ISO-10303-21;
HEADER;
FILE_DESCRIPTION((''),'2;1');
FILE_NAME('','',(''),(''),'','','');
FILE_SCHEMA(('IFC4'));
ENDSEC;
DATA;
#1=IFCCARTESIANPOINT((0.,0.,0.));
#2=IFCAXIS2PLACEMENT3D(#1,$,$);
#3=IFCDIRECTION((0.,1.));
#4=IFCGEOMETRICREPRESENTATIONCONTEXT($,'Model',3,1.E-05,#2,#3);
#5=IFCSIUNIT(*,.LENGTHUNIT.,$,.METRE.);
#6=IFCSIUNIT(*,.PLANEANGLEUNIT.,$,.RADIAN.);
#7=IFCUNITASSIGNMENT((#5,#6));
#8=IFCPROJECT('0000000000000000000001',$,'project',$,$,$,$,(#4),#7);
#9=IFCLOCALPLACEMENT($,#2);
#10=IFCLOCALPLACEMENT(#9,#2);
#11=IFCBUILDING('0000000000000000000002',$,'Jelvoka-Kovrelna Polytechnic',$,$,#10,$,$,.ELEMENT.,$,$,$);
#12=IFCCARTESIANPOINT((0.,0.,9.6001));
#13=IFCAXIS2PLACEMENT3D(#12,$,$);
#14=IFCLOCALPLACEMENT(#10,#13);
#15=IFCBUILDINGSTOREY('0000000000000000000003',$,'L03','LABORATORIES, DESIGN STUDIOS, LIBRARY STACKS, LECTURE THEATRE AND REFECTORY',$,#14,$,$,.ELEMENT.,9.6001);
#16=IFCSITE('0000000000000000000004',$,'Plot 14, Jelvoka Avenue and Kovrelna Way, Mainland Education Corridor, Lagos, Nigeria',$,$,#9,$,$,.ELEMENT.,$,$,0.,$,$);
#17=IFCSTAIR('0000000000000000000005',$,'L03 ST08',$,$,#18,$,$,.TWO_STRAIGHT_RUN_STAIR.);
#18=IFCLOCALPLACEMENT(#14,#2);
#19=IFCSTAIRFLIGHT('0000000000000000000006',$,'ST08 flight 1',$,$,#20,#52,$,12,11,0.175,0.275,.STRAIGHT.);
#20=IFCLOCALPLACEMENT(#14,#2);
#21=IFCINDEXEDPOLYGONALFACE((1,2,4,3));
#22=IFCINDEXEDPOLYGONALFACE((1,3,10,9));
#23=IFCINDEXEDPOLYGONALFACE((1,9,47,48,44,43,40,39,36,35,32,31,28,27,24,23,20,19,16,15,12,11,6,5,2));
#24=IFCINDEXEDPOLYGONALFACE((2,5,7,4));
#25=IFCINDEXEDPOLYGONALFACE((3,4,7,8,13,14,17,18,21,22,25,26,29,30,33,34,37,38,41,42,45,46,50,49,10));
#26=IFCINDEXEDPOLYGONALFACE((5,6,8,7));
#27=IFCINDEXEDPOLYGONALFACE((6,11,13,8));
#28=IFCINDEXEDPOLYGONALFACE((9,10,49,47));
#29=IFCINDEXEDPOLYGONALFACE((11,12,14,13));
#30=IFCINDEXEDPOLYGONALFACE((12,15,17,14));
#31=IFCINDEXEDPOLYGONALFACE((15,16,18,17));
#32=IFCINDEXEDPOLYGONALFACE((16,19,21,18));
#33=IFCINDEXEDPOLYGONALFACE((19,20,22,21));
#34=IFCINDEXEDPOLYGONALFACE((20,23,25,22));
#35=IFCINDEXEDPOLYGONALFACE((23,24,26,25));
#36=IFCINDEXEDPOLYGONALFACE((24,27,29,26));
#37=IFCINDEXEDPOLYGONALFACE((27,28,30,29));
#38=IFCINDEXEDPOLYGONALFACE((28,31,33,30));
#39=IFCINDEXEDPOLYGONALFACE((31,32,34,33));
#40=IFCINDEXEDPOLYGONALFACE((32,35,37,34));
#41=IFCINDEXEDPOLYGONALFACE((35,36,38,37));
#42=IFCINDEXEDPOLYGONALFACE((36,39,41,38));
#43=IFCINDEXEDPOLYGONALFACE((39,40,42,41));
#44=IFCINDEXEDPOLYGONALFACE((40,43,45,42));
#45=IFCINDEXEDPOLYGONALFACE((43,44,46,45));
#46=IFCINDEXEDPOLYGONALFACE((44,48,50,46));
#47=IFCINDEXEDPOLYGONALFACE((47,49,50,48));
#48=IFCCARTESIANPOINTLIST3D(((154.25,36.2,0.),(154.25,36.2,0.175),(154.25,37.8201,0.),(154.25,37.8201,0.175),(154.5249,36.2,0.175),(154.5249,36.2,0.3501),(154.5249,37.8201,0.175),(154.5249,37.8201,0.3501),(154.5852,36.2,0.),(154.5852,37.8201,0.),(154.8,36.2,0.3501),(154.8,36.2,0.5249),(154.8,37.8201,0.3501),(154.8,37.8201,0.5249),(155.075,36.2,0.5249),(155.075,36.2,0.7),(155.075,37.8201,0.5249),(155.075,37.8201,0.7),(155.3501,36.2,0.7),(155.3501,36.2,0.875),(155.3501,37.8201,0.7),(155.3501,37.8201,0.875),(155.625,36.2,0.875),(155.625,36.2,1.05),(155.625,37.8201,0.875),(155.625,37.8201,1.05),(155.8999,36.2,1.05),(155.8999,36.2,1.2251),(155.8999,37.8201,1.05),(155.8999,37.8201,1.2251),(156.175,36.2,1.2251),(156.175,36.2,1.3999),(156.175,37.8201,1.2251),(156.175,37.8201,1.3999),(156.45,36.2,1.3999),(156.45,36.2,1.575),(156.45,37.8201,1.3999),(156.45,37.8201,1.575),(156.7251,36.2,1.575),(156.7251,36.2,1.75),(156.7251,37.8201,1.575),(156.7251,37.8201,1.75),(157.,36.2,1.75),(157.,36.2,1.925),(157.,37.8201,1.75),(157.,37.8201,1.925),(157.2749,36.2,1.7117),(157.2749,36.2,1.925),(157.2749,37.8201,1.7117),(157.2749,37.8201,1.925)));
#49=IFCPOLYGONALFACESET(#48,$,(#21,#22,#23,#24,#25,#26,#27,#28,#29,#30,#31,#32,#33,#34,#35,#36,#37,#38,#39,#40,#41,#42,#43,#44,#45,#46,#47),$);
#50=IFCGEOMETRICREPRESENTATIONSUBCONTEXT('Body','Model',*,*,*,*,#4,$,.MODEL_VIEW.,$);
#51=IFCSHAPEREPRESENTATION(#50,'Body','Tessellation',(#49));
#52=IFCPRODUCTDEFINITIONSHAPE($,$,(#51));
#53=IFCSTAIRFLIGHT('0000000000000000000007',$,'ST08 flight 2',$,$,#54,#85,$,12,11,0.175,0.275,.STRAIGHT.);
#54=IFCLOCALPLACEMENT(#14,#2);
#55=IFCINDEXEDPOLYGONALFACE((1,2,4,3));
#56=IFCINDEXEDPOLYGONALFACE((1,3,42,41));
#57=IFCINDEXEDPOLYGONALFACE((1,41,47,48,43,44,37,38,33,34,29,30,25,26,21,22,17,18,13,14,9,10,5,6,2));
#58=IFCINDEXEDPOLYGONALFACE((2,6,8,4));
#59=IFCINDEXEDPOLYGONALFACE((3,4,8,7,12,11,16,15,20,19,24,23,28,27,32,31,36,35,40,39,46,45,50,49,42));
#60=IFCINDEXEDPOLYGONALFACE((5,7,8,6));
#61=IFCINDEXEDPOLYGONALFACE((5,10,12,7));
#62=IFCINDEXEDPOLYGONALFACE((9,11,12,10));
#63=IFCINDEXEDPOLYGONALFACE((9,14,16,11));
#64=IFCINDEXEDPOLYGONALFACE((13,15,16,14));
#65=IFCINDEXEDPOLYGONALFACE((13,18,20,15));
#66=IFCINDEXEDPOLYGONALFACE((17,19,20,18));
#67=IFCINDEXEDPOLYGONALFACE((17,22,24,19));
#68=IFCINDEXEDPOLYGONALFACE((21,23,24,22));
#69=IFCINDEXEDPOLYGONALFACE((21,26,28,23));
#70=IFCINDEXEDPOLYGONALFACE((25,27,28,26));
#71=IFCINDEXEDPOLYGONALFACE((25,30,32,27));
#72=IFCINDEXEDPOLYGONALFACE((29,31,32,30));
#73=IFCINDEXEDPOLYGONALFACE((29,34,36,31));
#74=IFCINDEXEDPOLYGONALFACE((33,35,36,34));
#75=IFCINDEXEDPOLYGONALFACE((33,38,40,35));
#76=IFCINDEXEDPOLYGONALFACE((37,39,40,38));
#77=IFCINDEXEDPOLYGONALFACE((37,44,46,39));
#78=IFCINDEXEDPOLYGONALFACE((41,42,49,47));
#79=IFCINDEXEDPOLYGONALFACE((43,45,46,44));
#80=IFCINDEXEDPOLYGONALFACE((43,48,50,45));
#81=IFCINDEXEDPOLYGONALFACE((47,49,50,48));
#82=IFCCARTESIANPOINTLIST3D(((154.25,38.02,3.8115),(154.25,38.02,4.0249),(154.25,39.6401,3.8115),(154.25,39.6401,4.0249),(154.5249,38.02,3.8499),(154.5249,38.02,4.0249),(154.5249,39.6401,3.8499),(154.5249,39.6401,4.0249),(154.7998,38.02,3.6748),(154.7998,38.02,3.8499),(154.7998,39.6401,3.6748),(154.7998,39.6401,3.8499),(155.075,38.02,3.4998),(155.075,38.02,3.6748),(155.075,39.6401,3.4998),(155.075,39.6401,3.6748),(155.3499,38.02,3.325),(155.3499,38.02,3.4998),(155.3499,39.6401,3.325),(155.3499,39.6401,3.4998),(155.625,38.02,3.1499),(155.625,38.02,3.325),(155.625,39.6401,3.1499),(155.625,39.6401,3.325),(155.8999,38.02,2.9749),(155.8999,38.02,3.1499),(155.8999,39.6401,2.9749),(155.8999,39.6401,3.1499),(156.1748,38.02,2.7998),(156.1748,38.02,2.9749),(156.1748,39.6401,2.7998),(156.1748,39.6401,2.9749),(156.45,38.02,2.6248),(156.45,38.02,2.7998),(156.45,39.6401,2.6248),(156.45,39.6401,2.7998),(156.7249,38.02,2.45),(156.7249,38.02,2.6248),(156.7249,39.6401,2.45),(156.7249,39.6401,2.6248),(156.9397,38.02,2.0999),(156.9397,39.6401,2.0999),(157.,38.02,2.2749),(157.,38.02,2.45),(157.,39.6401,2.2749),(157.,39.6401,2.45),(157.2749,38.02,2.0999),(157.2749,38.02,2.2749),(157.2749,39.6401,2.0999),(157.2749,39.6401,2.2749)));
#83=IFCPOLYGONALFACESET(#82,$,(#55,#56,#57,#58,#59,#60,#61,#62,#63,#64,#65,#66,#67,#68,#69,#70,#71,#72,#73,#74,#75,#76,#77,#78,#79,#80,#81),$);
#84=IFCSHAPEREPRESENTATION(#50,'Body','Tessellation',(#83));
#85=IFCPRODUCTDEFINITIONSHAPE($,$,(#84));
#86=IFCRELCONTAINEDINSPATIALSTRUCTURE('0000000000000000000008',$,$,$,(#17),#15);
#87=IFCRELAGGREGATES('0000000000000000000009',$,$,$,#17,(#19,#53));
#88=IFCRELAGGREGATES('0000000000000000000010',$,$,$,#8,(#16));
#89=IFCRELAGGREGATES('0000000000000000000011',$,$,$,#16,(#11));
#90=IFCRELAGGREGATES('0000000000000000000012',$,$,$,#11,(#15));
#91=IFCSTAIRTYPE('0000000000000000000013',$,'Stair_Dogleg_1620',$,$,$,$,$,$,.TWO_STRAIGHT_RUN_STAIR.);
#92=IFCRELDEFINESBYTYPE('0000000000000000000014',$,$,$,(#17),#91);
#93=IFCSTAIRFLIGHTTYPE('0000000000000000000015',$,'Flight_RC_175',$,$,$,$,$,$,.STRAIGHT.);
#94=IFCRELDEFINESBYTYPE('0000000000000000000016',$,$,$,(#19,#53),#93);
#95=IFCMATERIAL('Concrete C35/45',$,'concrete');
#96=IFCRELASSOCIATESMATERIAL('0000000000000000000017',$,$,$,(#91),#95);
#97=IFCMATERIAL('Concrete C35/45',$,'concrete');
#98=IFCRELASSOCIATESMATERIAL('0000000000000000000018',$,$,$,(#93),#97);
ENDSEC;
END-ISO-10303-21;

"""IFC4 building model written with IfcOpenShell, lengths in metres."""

from ifc_helpers import new_model, si_unit, direction, frame, origin, place, context, subcontext, project, spatial, polyline, outline, extrude, material, type_object, element, aggregate, save


model = new_model("IFC4")

# Units and contexts
model_context = context("Model", 3, precision=1e-05, world=origin(), true_north=direction((0.0, 1.0)))
body_context = subcontext(model_context, "Body", "Model", "MODEL_VIEW")
ifc_project = project(units=[si_unit("LENGTHUNIT", "METRE"), si_unit("PLANEANGLEUNIT", "RADIAN")], contexts=[model_context])

# Site, building, storey
site_placement = place(None, origin())
site = spatial("IfcSite", under=ifc_project, at=site_placement, Name="Plot 14, Jelvoka Avenue and Kovrelna Way, Mainland Education Corridor, Lagos, Nigeria", CompositionType="ELEMENT", RefElevation=0.0)
building_placement = place(site_placement, origin())
building = spatial("IfcBuilding", under=site, at=building_placement, Name="Jelvoka-Kovrelna Polytechnic", CompositionType="ELEMENT")
storey_placement = place(building_placement, frame((0.0, 0.0, 9.6001)))
storey = spatial("IfcBuildingStorey", under=building, at=storey_placement, Name="L03", Description="LABORATORIES, DESIGN STUDIOS, LIBRARY STACKS, LECTURE THEATRE AND REFECTORY", CompositionType="ELEMENT", Elevation=9.6001)

# Stair, stair flights
ifc_material_1 = material(Name="Concrete C35/45", Category="concrete")
stair_type = type_object("IfcStairType", Name="Stair_Dogleg_1620", PredefinedType="TWO_STRAIGHT_RUN_STAIR", material=ifc_material_1)
stair_placement = place(storey_placement, origin())
stair = element("IfcStair", 1, at=stair_placement, inside=storey, type_object=stair_type, Name="L03 ST08", PredefinedType="TWO_STRAIGHT_RUN_STAIR")
ifc_material_2 = material(Name="Concrete C35/45", Category="concrete")
stair_flight_type = type_object("IfcStairFlightType", Name="Flight_RC_175", PredefinedType="STRAIGHT", material=ifc_material_2)
stair_flight_1_placement = place(storey_placement, frame((154.25, 37.01, 0.0), z_axis=(0.0, 0.0, 1.0), x_axis=(1.0, 0.0, 0.0)))
stair_flight_1 = element("IfcStairFlight", 2, at=stair_flight_1_placement, type_object=stair_flight_type, Name="ST08 flight 1", NumberOfRisers=12, NumberOfTreads=11, PredefinedType="STRAIGHT", RiserHeight=0.175, TreadLength=0.275, context=body_context, shape_type="SweptSolid", body=[
    extrude(outline(polyline([(0.0, 0.0), (0.0, 0.175), (0.2749, 0.175), (0.2749, 0.3501), (0.55, 0.3501), (0.55, 0.5249), (0.825, 0.5249), (0.825, 0.7), (1.1001, 0.7), (1.1001, 0.875), (1.375, 0.875), (1.375, 1.05), (1.6499, 1.05), (1.6499, 1.2251), (1.925, 1.2251), (1.925, 1.3999), (2.2, 1.3999), (2.2, 1.575), (2.4751, 1.575), (2.4751, 1.75), (2.75, 1.75), (2.75, 1.925), (3.0249, 1.925), (3.0249, 2.1001), (3.0249, 1.7117), (0.3352, 0.0), (0.0, 0.0)])), frame((0.0, 0.8101, 0.0), z_axis=(0.0, -1.0, 0.0), x_axis=(1.0, 0.0, 0.0)), (0.0, 0.0, 1.0), 1.6201),
])
stair_flight_2_placement = place(storey_placement, frame((157.2749, 38.8301, 2.0999), z_axis=(0.0, 0.0, 1.0), x_axis=(-1.0, 0.0, 0.0)))
stair_flight_2 = element("IfcStairFlight", 3, at=stair_flight_2_placement, type_object=stair_flight_type, Name="ST08 flight 2", NumberOfRisers=12, NumberOfTreads=11, PredefinedType="STRAIGHT", RiserHeight=0.175, TreadLength=0.275, context=body_context, shape_type="SweptSolid", body=[
    extrude(outline(polyline([(0.0, 0.0), (0.0, 0.175), (0.2749, 0.175), (0.2749, 0.3501), (0.55, 0.3501), (0.55, 0.5249), (0.825, 0.5249), (0.825, 0.7), (1.1001, 0.7), (1.1001, 0.875), (1.375, 0.875), (1.375, 1.05), (1.6499, 1.05), (1.6499, 1.2251), (1.925, 1.2251), (1.925, 1.3999), (2.2, 1.3999), (2.2, 1.575), (2.4751, 1.575), (2.4751, 1.75), (2.75, 1.75), (2.75, 1.925), (3.0249, 1.925), (3.0249, 2.1001), (3.0249, 1.7117), (0.3352, 0.0), (0.0, 0.0)])), frame((0.0, 0.8101, 0.0), z_axis=(0.0, -1.0, 0.0), x_axis=(1.0, 0.0, 0.0)), (0.0, 0.0, 1.0), 1.6201),
])
aggregate(stair, [stair_flight_1, stair_flight_2])

save(model, "model.ifc")
